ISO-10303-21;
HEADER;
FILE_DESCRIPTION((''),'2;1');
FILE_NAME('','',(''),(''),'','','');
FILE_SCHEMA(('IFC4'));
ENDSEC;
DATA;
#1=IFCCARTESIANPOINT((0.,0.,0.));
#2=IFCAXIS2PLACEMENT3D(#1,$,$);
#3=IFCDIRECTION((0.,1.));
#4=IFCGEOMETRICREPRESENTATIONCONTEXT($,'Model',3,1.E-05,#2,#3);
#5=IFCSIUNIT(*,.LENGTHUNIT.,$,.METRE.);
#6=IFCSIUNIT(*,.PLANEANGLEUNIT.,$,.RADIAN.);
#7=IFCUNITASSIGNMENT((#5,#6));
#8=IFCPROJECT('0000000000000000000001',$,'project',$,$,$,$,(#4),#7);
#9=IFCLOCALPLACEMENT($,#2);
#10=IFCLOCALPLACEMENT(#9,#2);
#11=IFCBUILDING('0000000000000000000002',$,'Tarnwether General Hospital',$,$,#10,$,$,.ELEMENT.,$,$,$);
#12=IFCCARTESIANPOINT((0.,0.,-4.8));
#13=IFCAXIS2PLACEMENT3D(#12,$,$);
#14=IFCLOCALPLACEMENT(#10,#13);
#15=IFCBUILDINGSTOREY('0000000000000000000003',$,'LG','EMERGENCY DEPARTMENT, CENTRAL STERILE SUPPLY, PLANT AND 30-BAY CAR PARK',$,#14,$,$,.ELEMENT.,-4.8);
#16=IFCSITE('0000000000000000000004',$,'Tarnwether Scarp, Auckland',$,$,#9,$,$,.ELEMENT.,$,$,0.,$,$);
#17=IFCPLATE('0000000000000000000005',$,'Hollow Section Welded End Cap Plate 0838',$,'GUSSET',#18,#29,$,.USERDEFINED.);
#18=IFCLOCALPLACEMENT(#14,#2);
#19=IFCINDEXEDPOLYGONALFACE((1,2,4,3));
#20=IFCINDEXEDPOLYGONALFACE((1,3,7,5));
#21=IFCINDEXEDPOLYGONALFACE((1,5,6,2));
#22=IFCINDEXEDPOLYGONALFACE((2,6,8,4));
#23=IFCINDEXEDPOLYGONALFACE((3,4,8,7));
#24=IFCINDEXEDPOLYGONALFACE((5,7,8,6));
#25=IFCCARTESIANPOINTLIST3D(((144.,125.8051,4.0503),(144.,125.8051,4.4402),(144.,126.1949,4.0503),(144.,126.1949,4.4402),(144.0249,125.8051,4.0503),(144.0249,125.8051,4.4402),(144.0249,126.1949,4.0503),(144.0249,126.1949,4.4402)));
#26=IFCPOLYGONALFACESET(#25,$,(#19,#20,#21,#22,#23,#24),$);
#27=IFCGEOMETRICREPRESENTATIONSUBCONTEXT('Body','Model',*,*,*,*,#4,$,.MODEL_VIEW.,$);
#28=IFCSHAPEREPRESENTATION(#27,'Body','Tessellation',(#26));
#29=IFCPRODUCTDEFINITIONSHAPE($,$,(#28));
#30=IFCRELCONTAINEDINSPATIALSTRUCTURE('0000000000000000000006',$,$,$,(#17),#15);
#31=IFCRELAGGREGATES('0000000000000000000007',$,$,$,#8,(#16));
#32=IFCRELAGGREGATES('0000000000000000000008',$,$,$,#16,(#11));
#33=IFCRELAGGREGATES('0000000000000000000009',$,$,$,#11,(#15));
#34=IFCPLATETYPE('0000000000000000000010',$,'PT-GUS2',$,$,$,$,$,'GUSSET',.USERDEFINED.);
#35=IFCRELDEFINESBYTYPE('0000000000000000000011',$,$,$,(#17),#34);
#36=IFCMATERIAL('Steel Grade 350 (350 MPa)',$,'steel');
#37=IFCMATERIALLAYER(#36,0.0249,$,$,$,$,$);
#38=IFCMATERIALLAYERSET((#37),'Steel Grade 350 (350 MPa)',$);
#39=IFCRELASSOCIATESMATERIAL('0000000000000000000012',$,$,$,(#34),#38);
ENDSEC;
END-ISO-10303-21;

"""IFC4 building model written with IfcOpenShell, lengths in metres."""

from ifc_helpers import new_model, si_unit, direction, frame, origin, origin_2d, place, context, subcontext, project, spatial, rectangle, extrude, material, layer, layer_set, type_object, element, save


model = new_model("IFC4")

# Units and contexts
model_context = context("Model", 3, precision=1e-05, world=origin(), true_north=direction((0.0, 1.0)))
body_context = subcontext(model_context, "Body", "Model", "MODEL_VIEW")
ifc_project = project(units=[si_unit("LENGTHUNIT", "METRE"), si_unit("PLANEANGLEUNIT", "RADIAN")], contexts=[model_context])

# Site, building, storey
site_placement = place(None, origin())
site = spatial("IfcSite", under=ifc_project, at=site_placement, Name="Tarnwether Scarp, Auckland", CompositionType="ELEMENT", RefElevation=0.0)
building_placement = place(site_placement, origin())
building = spatial("IfcBuilding", under=site, at=building_placement, Name="Tarnwether General Hospital", CompositionType="ELEMENT")
storey_placement = place(building_placement, frame((0.0, 0.0, -4.8)))
storey = spatial("IfcBuildingStorey", under=building, at=storey_placement, Name="LG", Description="EMERGENCY DEPARTMENT, CENTRAL STERILE SUPPLY, PLANT AND 30-BAY CAR PARK", CompositionType="ELEMENT", Elevation=-4.8)

# Plate
ifc_material_1 = material(Name="Steel Grade 350 (350 MPa)", Category="steel")
ifc_layer = layer(ifc_material_1, 0.0249)
ifc_layer_set = layer_set([ifc_layer], Name="Steel Grade 350 (350 MPa)")
plate_type = type_object("IfcPlateType", Name="PT-GUS2", ElementType="GUSSET", PredefinedType="USERDEFINED", material=ifc_layer_set)
plate_placement = place(storey_placement, frame((144.0125, 126.0, 4.0503), z_axis=(0.0, 0.0, 1.0), x_axis=(1.0, 0.0, 0.0)))
element("IfcPlate", 1, at=plate_placement, inside=storey, type_object=plate_type, Name="Hollow Section Welded End Cap Plate 0838", ObjectType="GUSSET", PredefinedType="USERDEFINED", context=body_context, shape_type="SweptSolid", body=[
    extrude(rectangle(XDim=0.0249, YDim=0.3899, at=origin_2d()), origin(), (0.0, 0.0, 1.0), 0.3899),
])

save(model, "model.ifc")
